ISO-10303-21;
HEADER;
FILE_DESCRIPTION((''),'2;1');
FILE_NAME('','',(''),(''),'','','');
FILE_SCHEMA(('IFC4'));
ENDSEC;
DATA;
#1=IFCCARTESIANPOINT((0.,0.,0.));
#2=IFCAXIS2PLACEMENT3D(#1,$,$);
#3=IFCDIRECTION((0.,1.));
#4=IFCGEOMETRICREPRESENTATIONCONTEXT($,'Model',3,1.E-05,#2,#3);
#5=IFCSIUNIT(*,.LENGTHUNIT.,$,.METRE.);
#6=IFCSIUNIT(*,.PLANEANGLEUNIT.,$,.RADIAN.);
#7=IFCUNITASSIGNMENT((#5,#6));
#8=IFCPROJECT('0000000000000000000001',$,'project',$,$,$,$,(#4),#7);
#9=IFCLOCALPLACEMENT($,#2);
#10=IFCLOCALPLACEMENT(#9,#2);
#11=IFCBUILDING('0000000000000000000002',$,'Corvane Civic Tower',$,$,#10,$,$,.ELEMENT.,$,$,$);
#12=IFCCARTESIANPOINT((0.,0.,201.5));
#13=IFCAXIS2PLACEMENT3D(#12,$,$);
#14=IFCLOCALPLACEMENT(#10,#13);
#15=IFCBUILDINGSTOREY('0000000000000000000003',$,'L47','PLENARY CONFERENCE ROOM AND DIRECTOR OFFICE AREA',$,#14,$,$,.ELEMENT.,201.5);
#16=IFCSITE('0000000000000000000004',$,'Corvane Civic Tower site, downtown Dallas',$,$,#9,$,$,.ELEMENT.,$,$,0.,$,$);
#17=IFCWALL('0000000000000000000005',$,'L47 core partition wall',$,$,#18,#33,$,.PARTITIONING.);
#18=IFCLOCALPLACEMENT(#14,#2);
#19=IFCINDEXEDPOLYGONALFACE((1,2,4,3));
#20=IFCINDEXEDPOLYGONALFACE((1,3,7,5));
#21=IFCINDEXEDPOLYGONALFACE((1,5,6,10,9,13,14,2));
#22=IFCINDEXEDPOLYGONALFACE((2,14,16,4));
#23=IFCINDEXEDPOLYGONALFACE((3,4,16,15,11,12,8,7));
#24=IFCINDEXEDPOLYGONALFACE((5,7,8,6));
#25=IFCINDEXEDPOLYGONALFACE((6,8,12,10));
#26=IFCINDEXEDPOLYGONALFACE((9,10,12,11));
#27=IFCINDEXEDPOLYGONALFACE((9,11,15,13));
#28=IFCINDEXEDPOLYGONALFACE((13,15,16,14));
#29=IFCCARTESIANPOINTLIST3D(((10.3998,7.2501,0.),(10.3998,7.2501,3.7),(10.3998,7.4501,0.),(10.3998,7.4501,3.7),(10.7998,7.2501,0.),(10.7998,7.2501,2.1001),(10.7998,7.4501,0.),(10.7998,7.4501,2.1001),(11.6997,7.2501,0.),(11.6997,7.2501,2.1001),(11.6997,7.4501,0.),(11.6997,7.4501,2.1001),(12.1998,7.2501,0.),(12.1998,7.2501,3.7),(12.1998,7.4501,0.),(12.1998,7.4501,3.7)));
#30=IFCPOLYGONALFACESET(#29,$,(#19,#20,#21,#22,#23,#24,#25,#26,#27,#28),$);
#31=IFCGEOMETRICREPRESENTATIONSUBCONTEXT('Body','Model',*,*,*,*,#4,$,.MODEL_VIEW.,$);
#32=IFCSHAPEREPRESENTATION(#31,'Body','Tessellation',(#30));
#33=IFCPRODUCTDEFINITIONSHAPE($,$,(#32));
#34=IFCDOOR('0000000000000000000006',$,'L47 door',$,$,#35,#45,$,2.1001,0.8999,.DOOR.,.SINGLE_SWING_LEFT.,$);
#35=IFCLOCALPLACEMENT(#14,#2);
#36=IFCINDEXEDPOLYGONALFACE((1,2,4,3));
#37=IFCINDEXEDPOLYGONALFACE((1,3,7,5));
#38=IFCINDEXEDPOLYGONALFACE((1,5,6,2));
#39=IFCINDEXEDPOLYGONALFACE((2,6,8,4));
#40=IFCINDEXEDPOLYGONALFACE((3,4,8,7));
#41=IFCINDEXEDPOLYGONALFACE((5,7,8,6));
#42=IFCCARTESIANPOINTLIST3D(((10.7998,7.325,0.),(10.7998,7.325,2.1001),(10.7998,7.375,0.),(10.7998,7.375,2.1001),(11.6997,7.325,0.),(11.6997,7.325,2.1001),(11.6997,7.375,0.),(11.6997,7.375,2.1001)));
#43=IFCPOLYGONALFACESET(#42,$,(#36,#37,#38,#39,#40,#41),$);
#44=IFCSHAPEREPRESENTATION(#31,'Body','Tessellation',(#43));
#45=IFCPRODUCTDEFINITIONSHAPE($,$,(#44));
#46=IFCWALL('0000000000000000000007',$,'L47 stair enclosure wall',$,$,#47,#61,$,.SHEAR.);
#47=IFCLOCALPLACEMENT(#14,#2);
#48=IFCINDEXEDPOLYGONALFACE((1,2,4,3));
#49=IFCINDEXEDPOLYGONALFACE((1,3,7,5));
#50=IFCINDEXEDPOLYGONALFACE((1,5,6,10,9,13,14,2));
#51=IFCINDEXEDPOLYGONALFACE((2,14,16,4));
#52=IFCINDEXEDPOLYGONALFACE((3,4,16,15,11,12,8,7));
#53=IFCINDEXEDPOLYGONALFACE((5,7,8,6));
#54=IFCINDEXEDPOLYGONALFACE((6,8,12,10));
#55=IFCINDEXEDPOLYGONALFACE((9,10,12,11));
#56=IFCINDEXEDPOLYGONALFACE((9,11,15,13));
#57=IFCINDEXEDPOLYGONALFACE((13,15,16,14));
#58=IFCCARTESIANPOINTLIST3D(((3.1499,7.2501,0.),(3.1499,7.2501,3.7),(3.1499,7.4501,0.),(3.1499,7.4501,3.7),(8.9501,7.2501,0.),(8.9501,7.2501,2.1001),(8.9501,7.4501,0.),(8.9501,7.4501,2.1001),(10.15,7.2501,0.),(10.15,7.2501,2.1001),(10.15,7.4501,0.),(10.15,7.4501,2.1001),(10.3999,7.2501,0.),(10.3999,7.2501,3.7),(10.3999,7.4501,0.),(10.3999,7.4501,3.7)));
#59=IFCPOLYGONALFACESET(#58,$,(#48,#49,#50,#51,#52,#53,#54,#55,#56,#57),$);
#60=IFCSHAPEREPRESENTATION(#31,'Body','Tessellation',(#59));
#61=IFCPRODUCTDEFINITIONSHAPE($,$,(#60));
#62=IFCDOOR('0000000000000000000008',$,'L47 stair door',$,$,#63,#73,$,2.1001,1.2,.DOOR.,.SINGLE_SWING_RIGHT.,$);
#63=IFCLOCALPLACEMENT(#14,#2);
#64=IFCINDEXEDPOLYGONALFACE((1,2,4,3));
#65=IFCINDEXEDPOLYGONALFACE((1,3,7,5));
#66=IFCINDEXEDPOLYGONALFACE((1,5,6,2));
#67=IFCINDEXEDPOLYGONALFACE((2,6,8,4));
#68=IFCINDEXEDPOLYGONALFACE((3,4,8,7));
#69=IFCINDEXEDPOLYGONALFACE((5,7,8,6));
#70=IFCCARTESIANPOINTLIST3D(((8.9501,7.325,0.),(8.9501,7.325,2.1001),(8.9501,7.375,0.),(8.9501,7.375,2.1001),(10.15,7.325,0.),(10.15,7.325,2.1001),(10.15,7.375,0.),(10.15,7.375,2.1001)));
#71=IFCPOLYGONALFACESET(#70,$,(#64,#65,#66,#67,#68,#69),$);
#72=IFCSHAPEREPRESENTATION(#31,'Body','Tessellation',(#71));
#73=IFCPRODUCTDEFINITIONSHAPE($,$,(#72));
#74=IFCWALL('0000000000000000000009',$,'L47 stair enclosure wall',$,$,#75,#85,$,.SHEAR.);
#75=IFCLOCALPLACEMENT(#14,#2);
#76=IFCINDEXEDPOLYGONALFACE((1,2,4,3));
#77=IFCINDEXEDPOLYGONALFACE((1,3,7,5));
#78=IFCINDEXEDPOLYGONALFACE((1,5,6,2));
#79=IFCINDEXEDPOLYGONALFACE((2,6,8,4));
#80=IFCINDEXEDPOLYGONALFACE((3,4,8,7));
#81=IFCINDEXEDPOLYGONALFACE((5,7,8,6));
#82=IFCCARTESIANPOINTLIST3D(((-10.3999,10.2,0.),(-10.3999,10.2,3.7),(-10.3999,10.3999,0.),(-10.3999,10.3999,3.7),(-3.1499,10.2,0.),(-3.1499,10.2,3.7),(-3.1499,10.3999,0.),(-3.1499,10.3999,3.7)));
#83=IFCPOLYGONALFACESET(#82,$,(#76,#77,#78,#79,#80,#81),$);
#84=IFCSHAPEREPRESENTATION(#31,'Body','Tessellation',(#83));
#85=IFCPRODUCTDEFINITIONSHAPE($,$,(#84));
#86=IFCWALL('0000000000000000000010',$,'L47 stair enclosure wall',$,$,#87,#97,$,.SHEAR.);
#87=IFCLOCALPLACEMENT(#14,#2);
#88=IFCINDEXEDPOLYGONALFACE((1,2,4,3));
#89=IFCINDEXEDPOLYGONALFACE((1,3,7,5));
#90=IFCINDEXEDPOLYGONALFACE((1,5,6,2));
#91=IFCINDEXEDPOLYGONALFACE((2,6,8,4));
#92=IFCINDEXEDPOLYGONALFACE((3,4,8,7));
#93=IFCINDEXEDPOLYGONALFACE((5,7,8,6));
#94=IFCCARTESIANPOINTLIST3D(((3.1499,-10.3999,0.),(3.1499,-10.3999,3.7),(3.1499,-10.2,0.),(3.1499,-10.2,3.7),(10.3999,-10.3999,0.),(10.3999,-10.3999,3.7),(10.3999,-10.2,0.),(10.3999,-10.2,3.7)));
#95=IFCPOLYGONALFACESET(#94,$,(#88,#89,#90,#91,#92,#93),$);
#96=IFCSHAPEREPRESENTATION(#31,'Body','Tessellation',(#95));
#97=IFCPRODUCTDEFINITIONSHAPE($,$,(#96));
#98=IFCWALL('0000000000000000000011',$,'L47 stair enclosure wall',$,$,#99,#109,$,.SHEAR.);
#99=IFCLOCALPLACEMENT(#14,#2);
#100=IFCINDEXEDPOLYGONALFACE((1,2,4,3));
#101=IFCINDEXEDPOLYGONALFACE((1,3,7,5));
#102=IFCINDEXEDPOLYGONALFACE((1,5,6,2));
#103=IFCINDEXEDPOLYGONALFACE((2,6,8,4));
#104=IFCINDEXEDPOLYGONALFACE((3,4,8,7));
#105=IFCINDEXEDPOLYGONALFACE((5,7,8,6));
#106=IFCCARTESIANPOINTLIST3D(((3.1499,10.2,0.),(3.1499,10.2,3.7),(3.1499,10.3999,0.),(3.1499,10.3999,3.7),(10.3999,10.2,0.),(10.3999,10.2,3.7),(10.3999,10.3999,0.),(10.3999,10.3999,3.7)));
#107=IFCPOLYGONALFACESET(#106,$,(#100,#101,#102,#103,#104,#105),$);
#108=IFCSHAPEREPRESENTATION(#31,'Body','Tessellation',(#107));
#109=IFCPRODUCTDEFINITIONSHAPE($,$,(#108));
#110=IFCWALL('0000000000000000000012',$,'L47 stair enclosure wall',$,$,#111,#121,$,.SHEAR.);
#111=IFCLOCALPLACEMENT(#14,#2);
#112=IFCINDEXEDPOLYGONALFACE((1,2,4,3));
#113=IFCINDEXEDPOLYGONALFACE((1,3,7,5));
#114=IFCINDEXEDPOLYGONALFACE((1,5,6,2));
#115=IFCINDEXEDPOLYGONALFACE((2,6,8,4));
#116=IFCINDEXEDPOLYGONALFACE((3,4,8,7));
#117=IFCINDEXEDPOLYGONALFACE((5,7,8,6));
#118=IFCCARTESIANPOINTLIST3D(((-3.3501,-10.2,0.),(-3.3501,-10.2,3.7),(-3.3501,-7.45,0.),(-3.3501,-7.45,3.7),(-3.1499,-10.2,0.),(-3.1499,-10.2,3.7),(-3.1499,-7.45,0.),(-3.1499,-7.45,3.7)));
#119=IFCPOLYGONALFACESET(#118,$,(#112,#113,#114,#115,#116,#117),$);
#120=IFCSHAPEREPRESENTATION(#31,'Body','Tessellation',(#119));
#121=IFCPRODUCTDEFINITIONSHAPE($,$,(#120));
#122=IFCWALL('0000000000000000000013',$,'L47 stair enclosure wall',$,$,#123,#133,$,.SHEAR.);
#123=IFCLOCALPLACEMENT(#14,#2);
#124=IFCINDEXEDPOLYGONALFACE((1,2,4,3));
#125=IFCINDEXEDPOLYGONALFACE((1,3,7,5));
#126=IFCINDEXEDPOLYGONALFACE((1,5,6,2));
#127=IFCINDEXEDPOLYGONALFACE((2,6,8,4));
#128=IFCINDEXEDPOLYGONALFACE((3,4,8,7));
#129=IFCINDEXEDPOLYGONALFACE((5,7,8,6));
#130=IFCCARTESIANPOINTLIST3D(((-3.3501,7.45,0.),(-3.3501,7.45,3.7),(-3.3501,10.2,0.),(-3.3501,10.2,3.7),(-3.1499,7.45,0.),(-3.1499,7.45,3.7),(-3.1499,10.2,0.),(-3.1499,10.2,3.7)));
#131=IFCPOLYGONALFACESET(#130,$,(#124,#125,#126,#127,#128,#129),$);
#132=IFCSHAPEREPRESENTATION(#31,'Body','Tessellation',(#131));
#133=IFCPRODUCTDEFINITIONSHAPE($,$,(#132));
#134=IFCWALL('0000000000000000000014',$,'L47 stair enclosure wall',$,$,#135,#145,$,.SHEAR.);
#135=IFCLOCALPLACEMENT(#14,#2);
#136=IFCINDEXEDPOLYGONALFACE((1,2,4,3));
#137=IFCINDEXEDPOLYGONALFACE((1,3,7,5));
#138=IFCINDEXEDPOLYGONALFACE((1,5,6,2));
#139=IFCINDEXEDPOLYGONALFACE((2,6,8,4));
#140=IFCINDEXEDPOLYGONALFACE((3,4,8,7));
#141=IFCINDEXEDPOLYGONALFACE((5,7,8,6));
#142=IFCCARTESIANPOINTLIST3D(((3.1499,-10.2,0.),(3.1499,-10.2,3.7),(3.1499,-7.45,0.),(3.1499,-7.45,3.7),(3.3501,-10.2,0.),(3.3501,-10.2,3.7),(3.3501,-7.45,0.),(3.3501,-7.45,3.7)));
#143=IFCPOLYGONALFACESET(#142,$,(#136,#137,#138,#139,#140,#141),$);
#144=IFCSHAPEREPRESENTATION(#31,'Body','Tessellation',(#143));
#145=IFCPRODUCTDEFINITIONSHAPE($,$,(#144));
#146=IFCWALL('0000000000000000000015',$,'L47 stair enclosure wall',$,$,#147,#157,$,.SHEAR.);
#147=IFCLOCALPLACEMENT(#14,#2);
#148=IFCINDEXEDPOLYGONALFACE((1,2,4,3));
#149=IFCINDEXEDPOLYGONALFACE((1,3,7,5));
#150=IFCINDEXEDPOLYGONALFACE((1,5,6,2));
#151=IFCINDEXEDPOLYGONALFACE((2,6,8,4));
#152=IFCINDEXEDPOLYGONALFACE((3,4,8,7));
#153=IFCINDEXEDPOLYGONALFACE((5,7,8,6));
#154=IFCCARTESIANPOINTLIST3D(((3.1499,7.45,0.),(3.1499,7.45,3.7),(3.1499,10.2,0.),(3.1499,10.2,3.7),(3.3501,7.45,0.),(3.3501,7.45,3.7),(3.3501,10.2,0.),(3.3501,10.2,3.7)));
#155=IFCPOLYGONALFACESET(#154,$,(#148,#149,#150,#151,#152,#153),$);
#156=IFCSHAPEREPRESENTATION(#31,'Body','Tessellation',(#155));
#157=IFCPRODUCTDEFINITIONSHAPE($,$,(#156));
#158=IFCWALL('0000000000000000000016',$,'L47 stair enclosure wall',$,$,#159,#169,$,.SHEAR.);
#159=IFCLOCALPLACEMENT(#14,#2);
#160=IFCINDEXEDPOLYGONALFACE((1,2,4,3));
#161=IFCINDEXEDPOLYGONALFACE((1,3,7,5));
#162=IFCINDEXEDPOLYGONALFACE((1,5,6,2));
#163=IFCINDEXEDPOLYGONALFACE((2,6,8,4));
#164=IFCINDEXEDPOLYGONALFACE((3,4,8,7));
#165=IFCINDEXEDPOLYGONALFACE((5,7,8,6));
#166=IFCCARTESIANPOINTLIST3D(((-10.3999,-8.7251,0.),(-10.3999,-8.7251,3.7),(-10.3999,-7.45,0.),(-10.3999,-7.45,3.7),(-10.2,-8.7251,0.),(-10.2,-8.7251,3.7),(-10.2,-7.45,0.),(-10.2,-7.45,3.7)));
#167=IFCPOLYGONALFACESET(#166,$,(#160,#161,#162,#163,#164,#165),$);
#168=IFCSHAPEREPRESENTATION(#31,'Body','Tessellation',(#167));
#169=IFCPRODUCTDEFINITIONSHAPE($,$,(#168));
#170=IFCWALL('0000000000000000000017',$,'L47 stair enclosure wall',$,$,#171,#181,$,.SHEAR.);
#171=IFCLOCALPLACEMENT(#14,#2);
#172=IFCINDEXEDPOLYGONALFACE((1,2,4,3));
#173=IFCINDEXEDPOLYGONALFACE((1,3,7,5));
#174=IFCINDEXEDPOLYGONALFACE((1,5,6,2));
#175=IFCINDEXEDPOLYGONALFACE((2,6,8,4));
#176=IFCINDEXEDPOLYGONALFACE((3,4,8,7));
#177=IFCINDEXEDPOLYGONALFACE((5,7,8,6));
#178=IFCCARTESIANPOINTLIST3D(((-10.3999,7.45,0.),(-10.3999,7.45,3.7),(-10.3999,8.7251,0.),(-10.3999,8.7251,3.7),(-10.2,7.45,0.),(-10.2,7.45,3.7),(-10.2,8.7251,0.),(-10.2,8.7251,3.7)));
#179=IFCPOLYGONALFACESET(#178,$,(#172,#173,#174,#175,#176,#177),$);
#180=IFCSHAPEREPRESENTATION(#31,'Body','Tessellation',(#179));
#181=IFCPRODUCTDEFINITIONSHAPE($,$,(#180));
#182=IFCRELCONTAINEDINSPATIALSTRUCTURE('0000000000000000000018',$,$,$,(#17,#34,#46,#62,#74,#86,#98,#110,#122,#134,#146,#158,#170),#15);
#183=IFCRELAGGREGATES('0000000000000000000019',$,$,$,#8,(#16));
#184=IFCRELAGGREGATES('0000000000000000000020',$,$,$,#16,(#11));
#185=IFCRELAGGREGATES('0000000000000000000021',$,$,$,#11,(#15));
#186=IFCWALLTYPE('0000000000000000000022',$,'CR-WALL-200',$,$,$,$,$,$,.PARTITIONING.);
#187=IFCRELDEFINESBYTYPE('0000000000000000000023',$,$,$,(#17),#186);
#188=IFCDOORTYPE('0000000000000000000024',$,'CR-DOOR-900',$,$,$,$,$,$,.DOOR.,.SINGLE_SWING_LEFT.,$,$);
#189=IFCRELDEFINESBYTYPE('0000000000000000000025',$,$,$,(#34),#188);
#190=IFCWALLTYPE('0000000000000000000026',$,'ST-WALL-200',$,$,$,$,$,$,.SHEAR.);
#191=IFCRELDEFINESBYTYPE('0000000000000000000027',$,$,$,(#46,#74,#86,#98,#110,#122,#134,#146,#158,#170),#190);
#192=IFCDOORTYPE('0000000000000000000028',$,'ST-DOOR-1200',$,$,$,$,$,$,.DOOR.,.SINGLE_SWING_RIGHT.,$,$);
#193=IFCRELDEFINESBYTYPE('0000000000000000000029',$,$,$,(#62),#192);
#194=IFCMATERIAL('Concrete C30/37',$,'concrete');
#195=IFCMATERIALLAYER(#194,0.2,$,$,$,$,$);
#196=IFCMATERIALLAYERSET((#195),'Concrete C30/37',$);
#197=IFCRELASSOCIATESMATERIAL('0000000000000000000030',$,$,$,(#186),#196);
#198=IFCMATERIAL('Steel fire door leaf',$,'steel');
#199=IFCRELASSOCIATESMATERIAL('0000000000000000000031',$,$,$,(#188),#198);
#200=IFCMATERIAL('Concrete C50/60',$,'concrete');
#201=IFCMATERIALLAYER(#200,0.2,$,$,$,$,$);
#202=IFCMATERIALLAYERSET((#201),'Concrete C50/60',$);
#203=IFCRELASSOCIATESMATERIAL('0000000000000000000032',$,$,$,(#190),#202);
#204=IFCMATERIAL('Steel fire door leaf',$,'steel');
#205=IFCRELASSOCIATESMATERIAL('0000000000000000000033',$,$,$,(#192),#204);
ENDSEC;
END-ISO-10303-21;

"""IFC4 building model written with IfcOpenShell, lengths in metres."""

from ifc_helpers import new_model, si_unit, direction, frame, frame_2d, origin, place, context, subcontext, project, spatial, polyline, rectangle, outline, extrude, material, layer, layer_set, type_object, element, fill, save


model = new_model("IFC4")

# Units and contexts
model_context = context("Model", 3, precision=1e-05, world=origin(), true_north=direction((0.0, 1.0)))
body_context = subcontext(model_context, "Body", "Model", "MODEL_VIEW")
ifc_project = project(units=[si_unit("LENGTHUNIT", "METRE"), si_unit("PLANEANGLEUNIT", "RADIAN")], contexts=[model_context])

# Site, building, storey
site_placement = place(None, origin())
site = spatial("IfcSite", under=ifc_project, at=site_placement, Name="Corvane Civic Tower site, downtown Dallas", CompositionType="ELEMENT", RefElevation=0.0)
building_placement = place(site_placement, origin())
building = spatial("IfcBuilding", under=site, at=building_placement, Name="Corvane Civic Tower", CompositionType="ELEMENT")
storey_placement = place(building_placement, frame((0.0, 0.0, 201.5)))
storey = spatial("IfcBuildingStorey", under=building, at=storey_placement, Name="L47", Description="PLENARY CONFERENCE ROOM AND DIRECTOR OFFICE AREA", CompositionType="ELEMENT", Elevation=201.5)

# Walls, openings, doors
ifc_material_1 = material(Name="Concrete C30/37", Category="concrete")
ifc_layer_1 = layer(ifc_material_1, 0.2)
ifc_layer_set_1 = layer_set([ifc_layer_1], Name="Concrete C30/37")
wall_type_1 = type_object("IfcWallType", Name="CR-WALL-200", PredefinedType="PARTITIONING", material=ifc_layer_set_1)
wall_1_placement = place(storey_placement, frame((10.3999, 7.3501, 0.0), z_axis=(0.0, 0.0, 1.0), x_axis=(1.0, 0.0, 0.0)))
wall_1 = element("IfcWall", 1, at=wall_1_placement, inside=storey, type_object=wall_type_1, Name="L47 core partition wall", PredefinedType="PARTITIONING", context=body_context, shape_type="SweptSolid", body=[
    extrude(rectangle(XDim=1.8, YDim=0.2, at=frame_2d((0.8999, 0.0))), origin(), (0.0, 0.0, 1.0), 3.7),
])
opening_1_placement = place(wall_1_placement, frame((0.3999, 0.0, 0.0)))
opening_1 = element("IfcOpeningElement", 2, at=opening_1_placement, cuts=wall_1, PredefinedType="OPENING", context=body_context, shape_type="SweptSolid", body=[
    extrude(rectangle(XDim=0.8999, YDim=2.1001, at=frame_2d((0.45, 1.05))), frame((0.0, 0.1099, 0.0), z_axis=(0.0, -1.0, 0.0), x_axis=(1.0, 0.0, 0.0)), (0.0, 0.0, 1.0), 0.22),
])
ifc_material_2 = material(Name="Steel fire door leaf", Category="steel")
door_type_1 = type_object("IfcDoorType", Name="CR-DOOR-900", OperationType="SINGLE_SWING_LEFT", PredefinedType="DOOR", material=ifc_material_2)
door_1_placement = place(opening_1_placement, origin())
door_1 = element("IfcDoor", 3, at=door_1_placement, inside=storey, type_object=door_type_1, Name="L47 door", OperationType="SINGLE_SWING_LEFT", OverallHeight=2.1001, OverallWidth=0.8999, PredefinedType="DOOR", context=body_context, shape_type="SweptSolid", body=[
    extrude(rectangle(XDim=0.8999, YDim=2.1001, at=frame_2d((0.45, 1.05))), frame((0.0, 0.0249, 0.0), z_axis=(0.0, -1.0, 0.0), x_axis=(1.0, 0.0, 0.0)), (0.0, 0.0, 1.0), 0.05),
])
fill(opening_1, door_1)
ifc_material_3 = material(Name="Concrete C50/60", Category="concrete")
ifc_layer_2 = layer(ifc_material_3, 0.2)
ifc_layer_set_2 = layer_set([ifc_layer_2], Name="Concrete C50/60")
wall_type_2 = type_object("IfcWallType", Name="ST-WALL-200", PredefinedType="SHEAR", material=ifc_layer_set_2)
wall_2_placement = place(storey_placement, frame((3.1499, 7.3501, 0.0), z_axis=(0.0, 0.0, 1.0), x_axis=(1.0, 0.0, 0.0)))
wall_2 = element("IfcWall", 4, at=wall_2_placement, inside=storey, type_object=wall_type_2, Name="L47 stair enclosure wall", PredefinedType="SHEAR", context=body_context, shape_type="SweptSolid", body=[
    extrude(rectangle(XDim=7.25, YDim=0.2, at=frame_2d((3.625, 0.0))), origin(), (0.0, 0.0, 1.0), 3.7),
])
opening_2_placement = place(wall_2_placement, frame((5.8, 0.0, 0.0)))
opening_2 = element("IfcOpeningElement", 5, at=opening_2_placement, cuts=wall_2, PredefinedType="OPENING", context=body_context, shape_type="SweptSolid", body=[
    extrude(rectangle(XDim=1.2, YDim=2.1001, at=frame_2d((0.6001, 1.05))), frame((0.0, 0.1099, 0.0), z_axis=(0.0, -1.0, 0.0), x_axis=(1.0, 0.0, 0.0)), (0.0, 0.0, 1.0), 0.22),
])
ifc_material_4 = material(Name="Steel fire door leaf", Category="steel")
door_type_2 = type_object("IfcDoorType", Name="ST-DOOR-1200", OperationType="SINGLE_SWING_RIGHT", PredefinedType="DOOR", material=ifc_material_4)
door_2_placement = place(opening_2_placement, origin())
door_2 = element("IfcDoor", 6, at=door_2_placement, inside=storey, type_object=door_type_2, Name="L47 stair door", OperationType="SINGLE_SWING_RIGHT", OverallHeight=2.1001, OverallWidth=1.2, PredefinedType="DOOR", context=body_context, shape_type="SweptSolid", body=[
    extrude(rectangle(XDim=1.2, YDim=2.1001, at=frame_2d((0.6001, 1.05))), frame((0.0, 0.0249, 0.0), z_axis=(0.0, -1.0, 0.0), x_axis=(1.0, 0.0, 0.0)), (0.0, 0.0, 1.0), 0.05),
])
fill(opening_2, door_2)

# Walls
wall_3_placement = place(storey_placement, origin())
element("IfcWall", 7, at=wall_3_placement, inside=storey, type_object=wall_type_2, Name="L47 stair enclosure wall", PredefinedType="SHEAR", context=body_context, shape_type="SweptSolid", body=[
    extrude(outline(polyline([(-3.1499, 10.2), (-10.3999, 10.2), (-10.3999, 10.3999), (-3.1499, 10.3999), (-3.1499, 10.2)])), origin(), (0.0, 0.0, 1.0), 3.7),
])
wall_4_placement = place(storey_placement, origin())
element("IfcWall", 8, at=wall_4_placement, inside=storey, type_object=wall_type_2, Name="L47 stair enclosure wall", PredefinedType="SHEAR", context=body_context, shape_type="SweptSolid", body=[
    extrude(outline(polyline([(10.3999, -10.3999), (3.1499, -10.3999), (3.1499, -10.2), (10.3999, -10.2), (10.3999, -10.3999)])), origin(), (0.0, 0.0, 1.0), 3.7),
])
wall_5_placement = place(storey_placement, origin())
element("IfcWall", 9, at=wall_5_placement, inside=storey, type_object=wall_type_2, Name="L47 stair enclosure wall", PredefinedType="SHEAR", context=body_context, shape_type="SweptSolid", body=[
    extrude(outline(polyline([(10.3999, 10.2), (3.1499, 10.2), (3.1499, 10.3999), (10.3999, 10.3999), (10.3999, 10.2)])), origin(), (0.0, 0.0, 1.0), 3.7),
])
wall_6_placement = place(storey_placement, origin())
element("IfcWall", 10, at=wall_6_placement, inside=storey, type_object=wall_type_2, Name="L47 stair enclosure wall", PredefinedType="SHEAR", context=body_context, shape_type="SweptSolid", body=[
    extrude(outline(polyline([(-3.1499, -7.45), (-3.1499, -10.2), (-3.3501, -10.2), (-3.3501, -7.45), (-3.1499, -7.45)])), origin(), (0.0, 0.0, 1.0), 3.7),
])
wall_7_placement = place(storey_placement, origin())
element("IfcWall", 11, at=wall_7_placement, inside=storey, type_object=wall_type_2, Name="L47 stair enclosure wall", PredefinedType="SHEAR", context=body_context, shape_type="SweptSolid", body=[
    extrude(outline(polyline([(-3.1499, 7.45), (-3.3501, 7.45), (-3.3501, 10.2), (-3.1499, 10.2), (-3.1499, 7.45)])), origin(), (0.0, 0.0, 1.0), 3.7),
])
wall_8_placement = place(storey_placement, origin())
element("IfcWall", 12, at=wall_8_placement, inside=storey, type_object=wall_type_2, Name="L47 stair enclosure wall", PredefinedType="SHEAR", context=body_context, shape_type="SweptSolid", body=[
    extrude(outline(polyline([(3.3501, -7.45), (3.3501, -10.2), (3.1499, -10.2), (3.1499, -7.45), (3.3501, -7.45)])), origin(), (0.0, 0.0, 1.0), 3.7),
])
wall_9_placement = place(storey_placement, origin())
element("IfcWall", 13, at=wall_9_placement, inside=storey, type_object=wall_type_2, Name="L47 stair enclosure wall", PredefinedType="SHEAR", context=body_context, shape_type="SweptSolid", body=[
    extrude(outline(polyline([(3.3501, 7.45), (3.1499, 7.45), (3.1499, 10.2), (3.3501, 10.2), (3.3501, 7.45)])), origin(), (0.0, 0.0, 1.0), 3.7),
])
wall_10_placement = place(storey_placement, origin())
element("IfcWall", 14, at=wall_10_placement, inside=storey, type_object=wall_type_2, Name="L47 stair enclosure wall", PredefinedType="SHEAR", context=body_context, shape_type="SweptSolid", body=[
    extrude(outline(polyline([(-10.2, -7.45), (-10.2, -8.7251), (-10.3999, -8.7251), (-10.3999, -7.45), (-10.2, -7.45)])), origin(), (0.0, 0.0, 1.0), 3.7),
])
wall_11_placement = place(storey_placement, origin())
element("IfcWall", 15, at=wall_11_placement, inside=storey, type_object=wall_type_2, Name="L47 stair enclosure wall", PredefinedType="SHEAR", context=body_context, shape_type="SweptSolid", body=[
    extrude(outline(polyline([(-10.2, 8.7251), (-10.2, 7.45), (-10.3999, 7.45), (-10.3999, 8.7251), (-10.2, 8.7251)])), origin(), (0.0, 0.0, 1.0), 3.7),
])

save(model, "model.ifc")
